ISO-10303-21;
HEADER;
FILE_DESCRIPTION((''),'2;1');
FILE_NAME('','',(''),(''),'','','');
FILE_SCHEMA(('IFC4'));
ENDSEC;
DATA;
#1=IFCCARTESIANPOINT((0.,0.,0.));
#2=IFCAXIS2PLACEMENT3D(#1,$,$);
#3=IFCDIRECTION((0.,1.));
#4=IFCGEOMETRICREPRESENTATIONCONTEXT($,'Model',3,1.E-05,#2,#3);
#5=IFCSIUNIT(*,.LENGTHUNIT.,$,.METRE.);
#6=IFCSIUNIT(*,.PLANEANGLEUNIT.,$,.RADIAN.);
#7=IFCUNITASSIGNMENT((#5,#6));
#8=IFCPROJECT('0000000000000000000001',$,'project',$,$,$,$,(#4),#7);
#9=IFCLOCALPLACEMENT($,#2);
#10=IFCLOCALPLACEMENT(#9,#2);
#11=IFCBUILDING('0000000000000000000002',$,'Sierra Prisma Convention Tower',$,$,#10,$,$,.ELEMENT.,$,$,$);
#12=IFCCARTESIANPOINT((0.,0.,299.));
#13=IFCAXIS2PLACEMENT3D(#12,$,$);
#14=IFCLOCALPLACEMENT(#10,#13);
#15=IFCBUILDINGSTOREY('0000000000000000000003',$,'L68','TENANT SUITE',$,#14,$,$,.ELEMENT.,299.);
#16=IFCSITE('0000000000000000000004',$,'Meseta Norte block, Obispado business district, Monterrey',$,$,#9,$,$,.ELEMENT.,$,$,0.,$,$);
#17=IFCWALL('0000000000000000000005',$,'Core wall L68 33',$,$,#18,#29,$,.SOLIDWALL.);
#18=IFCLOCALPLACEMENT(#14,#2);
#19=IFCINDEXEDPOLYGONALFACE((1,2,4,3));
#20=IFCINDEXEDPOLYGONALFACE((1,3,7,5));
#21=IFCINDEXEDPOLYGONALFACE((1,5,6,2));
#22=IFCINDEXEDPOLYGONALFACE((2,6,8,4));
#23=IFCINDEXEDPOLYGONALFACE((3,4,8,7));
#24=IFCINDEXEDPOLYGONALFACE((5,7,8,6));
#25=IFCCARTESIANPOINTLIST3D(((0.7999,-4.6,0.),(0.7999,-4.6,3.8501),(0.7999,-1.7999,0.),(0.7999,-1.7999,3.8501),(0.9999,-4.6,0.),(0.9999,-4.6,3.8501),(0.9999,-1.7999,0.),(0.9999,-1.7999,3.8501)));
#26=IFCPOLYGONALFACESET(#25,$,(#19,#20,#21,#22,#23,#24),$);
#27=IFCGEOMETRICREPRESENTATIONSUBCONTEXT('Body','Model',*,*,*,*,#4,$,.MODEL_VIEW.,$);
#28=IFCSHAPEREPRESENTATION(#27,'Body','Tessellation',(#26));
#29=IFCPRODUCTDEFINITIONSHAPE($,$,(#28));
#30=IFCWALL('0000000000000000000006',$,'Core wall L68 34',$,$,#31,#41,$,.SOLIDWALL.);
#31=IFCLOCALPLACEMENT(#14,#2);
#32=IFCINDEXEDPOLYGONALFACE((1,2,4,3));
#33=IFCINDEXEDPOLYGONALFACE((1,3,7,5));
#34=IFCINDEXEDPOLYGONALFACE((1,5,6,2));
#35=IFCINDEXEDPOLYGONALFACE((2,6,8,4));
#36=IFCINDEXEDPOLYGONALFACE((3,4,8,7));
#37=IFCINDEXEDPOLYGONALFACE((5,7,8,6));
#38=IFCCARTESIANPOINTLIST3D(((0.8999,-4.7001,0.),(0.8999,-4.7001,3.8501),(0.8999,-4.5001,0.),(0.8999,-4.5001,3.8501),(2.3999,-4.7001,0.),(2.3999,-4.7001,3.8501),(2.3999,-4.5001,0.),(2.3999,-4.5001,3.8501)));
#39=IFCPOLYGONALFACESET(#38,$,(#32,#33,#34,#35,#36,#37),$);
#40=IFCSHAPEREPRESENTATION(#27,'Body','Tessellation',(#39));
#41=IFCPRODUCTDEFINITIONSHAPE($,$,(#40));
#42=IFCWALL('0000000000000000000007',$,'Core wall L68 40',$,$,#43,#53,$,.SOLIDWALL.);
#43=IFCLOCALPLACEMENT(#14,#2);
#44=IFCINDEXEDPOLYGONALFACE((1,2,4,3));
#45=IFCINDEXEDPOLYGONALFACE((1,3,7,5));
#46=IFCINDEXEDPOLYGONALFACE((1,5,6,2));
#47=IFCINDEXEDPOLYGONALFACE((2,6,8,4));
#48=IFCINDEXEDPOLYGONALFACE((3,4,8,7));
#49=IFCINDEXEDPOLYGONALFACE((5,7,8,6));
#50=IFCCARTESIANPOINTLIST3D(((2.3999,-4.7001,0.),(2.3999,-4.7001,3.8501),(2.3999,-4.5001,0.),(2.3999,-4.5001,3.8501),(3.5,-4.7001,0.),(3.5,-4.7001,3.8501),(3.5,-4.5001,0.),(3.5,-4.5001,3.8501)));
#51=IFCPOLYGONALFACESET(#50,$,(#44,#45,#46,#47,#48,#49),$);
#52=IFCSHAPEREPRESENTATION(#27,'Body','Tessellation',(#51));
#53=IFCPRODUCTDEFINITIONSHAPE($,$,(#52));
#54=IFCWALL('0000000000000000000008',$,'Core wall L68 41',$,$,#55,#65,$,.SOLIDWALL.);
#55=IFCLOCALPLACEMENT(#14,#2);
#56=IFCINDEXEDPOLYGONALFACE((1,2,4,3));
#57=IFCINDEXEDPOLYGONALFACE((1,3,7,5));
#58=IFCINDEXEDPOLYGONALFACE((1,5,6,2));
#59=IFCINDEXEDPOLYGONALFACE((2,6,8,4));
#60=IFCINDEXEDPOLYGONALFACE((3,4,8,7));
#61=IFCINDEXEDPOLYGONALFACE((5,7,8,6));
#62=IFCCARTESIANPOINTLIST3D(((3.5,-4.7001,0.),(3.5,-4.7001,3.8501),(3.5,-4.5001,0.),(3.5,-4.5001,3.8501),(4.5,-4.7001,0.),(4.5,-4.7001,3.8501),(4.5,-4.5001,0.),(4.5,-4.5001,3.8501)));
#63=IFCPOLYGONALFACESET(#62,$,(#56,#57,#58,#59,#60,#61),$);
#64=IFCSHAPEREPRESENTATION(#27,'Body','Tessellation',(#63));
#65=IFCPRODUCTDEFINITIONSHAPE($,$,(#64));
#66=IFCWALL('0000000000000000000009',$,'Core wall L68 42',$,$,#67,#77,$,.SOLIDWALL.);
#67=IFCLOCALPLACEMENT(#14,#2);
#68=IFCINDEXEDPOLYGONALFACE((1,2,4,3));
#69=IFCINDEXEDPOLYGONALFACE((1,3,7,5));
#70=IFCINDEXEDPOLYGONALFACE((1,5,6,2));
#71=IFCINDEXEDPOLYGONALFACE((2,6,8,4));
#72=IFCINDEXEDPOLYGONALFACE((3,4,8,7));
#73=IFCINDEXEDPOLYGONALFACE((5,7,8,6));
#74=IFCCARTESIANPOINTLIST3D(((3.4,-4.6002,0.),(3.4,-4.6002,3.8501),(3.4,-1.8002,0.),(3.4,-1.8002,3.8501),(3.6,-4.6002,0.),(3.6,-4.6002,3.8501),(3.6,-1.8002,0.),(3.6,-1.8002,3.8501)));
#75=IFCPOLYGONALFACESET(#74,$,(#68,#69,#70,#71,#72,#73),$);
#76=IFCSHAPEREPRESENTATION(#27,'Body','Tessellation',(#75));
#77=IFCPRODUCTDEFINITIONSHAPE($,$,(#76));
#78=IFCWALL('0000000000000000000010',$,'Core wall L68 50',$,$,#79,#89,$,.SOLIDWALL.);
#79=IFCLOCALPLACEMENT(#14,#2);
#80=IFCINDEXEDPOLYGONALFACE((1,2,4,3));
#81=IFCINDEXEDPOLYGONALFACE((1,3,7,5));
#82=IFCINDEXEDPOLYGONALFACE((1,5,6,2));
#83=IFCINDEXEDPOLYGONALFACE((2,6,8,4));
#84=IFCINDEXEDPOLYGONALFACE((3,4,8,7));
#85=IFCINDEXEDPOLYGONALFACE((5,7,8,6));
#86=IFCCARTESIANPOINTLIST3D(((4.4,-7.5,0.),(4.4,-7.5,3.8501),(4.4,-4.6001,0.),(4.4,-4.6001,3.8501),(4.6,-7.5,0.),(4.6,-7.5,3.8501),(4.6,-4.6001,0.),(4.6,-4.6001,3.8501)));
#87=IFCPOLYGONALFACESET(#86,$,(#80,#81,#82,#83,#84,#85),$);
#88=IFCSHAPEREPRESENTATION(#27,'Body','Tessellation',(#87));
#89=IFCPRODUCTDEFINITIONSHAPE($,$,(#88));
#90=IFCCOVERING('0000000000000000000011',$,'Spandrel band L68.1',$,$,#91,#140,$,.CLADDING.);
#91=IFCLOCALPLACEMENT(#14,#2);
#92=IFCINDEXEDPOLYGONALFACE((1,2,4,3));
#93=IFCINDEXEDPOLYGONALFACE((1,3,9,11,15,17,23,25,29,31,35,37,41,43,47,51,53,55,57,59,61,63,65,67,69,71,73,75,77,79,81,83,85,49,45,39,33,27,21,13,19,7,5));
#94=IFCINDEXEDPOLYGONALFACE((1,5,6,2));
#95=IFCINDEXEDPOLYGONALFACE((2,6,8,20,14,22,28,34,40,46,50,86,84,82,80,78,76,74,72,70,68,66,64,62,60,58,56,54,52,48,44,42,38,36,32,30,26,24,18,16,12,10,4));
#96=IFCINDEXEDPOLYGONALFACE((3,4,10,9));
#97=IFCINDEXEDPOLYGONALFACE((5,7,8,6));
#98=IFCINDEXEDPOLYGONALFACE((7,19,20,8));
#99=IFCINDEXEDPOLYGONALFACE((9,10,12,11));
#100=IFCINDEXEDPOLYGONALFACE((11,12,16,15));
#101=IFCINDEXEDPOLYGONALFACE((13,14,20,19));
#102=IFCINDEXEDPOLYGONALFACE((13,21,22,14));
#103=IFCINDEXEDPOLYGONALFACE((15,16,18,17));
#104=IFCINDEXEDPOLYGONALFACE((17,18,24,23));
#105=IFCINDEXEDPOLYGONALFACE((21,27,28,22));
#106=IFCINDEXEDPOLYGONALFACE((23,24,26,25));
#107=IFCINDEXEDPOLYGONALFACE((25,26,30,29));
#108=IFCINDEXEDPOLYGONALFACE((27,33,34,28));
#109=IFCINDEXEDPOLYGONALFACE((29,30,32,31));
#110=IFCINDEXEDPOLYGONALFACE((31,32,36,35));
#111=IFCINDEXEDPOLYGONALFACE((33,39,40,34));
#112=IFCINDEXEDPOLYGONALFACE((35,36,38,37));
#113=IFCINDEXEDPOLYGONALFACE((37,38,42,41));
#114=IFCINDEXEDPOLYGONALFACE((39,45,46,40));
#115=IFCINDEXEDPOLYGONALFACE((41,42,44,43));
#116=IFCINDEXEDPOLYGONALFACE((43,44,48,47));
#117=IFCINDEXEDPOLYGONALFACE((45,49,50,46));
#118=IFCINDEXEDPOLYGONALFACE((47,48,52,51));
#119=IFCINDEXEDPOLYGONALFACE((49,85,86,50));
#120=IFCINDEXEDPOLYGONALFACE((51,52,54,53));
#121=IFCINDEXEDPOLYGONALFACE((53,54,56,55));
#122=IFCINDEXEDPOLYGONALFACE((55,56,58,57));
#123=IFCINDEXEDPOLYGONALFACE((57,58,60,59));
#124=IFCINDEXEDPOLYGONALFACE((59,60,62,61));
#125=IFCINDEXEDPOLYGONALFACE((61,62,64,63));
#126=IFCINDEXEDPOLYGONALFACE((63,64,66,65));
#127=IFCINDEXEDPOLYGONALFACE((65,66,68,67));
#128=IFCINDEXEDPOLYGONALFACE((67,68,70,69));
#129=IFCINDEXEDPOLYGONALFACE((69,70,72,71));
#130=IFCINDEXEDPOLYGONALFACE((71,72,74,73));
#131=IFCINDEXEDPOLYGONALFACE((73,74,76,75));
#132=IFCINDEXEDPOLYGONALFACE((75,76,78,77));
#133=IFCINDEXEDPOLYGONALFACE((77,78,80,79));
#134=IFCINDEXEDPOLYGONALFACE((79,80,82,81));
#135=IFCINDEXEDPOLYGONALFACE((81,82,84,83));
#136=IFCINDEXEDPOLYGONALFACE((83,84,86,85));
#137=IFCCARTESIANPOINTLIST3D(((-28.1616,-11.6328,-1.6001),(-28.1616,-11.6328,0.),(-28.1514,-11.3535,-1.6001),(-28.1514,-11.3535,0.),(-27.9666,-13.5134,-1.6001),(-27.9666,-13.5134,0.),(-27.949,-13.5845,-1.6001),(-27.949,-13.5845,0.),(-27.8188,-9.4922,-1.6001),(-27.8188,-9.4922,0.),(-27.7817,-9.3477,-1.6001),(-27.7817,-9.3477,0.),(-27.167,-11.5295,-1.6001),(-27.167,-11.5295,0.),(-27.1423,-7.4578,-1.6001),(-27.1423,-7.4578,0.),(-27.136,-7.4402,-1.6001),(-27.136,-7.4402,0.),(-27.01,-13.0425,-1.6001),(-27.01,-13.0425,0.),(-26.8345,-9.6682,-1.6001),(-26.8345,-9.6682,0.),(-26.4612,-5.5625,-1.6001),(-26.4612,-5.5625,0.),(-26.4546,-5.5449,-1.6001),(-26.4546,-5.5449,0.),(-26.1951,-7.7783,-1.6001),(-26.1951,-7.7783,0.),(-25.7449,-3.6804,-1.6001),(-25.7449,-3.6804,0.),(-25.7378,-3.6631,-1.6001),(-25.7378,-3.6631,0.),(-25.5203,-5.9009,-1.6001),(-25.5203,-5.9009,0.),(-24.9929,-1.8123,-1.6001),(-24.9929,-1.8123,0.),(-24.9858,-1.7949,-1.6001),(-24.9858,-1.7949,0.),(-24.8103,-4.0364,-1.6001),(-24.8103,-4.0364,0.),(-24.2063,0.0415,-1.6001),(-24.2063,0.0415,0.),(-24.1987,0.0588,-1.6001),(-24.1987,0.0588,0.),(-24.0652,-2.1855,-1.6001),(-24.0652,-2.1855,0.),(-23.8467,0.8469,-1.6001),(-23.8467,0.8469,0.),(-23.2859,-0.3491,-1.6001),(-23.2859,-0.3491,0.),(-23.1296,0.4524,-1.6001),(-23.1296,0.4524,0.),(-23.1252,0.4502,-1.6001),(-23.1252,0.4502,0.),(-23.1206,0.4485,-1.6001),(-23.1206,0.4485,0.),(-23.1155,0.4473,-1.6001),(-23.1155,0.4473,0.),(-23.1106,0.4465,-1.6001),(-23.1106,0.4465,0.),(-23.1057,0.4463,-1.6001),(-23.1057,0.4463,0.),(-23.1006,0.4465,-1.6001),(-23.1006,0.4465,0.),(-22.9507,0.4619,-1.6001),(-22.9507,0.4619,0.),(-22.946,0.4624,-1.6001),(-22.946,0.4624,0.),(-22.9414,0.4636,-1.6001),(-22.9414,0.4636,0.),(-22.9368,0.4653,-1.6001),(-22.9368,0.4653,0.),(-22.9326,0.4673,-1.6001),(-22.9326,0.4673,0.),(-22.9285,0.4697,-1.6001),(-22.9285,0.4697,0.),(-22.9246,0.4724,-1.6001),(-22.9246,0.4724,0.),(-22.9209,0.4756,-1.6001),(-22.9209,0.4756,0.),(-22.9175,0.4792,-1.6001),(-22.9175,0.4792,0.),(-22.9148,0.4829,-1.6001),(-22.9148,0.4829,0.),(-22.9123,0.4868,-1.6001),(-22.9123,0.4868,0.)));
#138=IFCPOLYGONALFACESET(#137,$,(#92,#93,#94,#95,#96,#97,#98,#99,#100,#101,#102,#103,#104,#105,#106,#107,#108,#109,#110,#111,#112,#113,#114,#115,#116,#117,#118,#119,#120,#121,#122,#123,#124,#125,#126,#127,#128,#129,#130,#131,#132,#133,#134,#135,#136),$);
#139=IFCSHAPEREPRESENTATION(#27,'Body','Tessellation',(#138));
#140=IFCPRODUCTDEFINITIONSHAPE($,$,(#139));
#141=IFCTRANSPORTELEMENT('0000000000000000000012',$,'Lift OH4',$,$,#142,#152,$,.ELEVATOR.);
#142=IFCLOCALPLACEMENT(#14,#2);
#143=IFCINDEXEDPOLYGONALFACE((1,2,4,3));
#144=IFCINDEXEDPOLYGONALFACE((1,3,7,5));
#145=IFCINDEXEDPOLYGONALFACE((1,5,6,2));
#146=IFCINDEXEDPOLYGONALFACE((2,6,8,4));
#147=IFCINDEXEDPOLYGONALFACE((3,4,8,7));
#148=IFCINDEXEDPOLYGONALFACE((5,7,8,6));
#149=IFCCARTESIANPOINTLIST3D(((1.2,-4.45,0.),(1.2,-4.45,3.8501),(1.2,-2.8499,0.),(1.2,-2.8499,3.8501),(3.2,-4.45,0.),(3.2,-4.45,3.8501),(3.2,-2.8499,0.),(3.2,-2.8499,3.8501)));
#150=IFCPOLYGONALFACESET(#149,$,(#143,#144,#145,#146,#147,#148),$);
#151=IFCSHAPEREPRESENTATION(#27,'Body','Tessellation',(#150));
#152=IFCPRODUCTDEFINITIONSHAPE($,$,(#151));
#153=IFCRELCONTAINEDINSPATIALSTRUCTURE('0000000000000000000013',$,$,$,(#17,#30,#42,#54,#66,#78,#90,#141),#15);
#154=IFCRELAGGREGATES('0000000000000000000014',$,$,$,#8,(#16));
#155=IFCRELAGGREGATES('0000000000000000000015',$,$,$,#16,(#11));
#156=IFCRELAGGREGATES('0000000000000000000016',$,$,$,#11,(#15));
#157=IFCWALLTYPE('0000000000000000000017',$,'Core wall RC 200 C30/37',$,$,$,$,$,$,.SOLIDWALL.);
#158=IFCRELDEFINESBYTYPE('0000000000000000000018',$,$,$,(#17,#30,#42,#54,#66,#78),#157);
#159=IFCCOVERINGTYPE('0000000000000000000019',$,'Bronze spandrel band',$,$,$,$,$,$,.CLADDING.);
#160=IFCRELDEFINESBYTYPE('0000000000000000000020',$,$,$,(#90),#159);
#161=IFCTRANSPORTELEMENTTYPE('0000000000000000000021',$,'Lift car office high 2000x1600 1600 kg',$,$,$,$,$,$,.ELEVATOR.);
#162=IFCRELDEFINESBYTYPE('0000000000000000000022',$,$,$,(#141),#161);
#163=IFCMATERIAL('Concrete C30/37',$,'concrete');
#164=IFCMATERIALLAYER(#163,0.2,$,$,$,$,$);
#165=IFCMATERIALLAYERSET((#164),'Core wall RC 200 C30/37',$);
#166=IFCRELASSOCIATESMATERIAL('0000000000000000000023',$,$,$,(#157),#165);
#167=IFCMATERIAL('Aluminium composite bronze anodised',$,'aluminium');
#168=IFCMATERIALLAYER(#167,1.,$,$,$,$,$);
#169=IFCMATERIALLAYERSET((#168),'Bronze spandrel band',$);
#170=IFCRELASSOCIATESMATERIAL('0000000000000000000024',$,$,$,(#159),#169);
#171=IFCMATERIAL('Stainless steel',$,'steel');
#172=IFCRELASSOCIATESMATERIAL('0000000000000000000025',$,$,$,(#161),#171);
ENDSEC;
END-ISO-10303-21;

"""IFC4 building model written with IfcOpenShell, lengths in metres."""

from ifc_helpers import new_model, si_unit, direction, frame, frame_2d, origin, origin_2d, place, context, subcontext, project, spatial, polyline, rectangle, outline, extrude, material, layer, layer_set, type_object, element, save


model = new_model("IFC4")

# Units and contexts
model_context = context("Model", 3, precision=1e-05, world=origin(), true_north=direction((0.0, 1.0)))
body_context = subcontext(model_context, "Body", "Model", "MODEL_VIEW")
ifc_project = project(units=[si_unit("LENGTHUNIT", "METRE"), si_unit("PLANEANGLEUNIT", "RADIAN")], contexts=[model_context])

# Site, building, storey
site_placement = place(None, origin())
site = spatial("IfcSite", under=ifc_project, at=site_placement, Name="Meseta Norte block, Obispado business district, Monterrey", CompositionType="ELEMENT", RefElevation=0.0)
building_placement = place(site_placement, origin())
building = spatial("IfcBuilding", under=site, at=building_placement, Name="Sierra Prisma Convention Tower", CompositionType="ELEMENT")
storey_placement = place(building_placement, frame((0.0, 0.0, 299.0)))
storey = spatial("IfcBuildingStorey", under=building, at=storey_placement, Name="L68", Description="TENANT SUITE", CompositionType="ELEMENT", Elevation=299.0)

# Shared definitions
ifc_material_1 = material(Name="Concrete C30/37", Category="concrete")
ifc_layer_1 = layer(ifc_material_1, 0.2)
ifc_layer_set_1 = layer_set([ifc_layer_1], Name="Core wall RC 200 C30/37")
wall_type = type_object("IfcWallType", Name="Core wall RC 200 C30/37", PredefinedType="SOLIDWALL", material=ifc_layer_set_1)

# Walls
wall_1_placement = place(storey_placement, frame((0.8999, -1.8, 0.0), z_axis=(0.0, 0.0, 1.0), x_axis=(0.0, -1.0, 0.0)))
element("IfcWall", 1, at=wall_1_placement, inside=storey, type_object=wall_type, Name="Core wall L68 33", PredefinedType="SOLIDWALL", context=body_context, shape_type="SweptSolid", body=[
    extrude(rectangle(XDim=2.8, YDim=0.2, at=frame_2d((1.3999, 0.0))), origin(), (0.0, 0.0, 1.0), 3.8501),
])
wall_2_placement = place(storey_placement, frame((0.8999, -4.6001, 0.0), z_axis=(0.0, 0.0, 1.0), x_axis=(1.0, 0.0, 0.0)))
element("IfcWall", 2, at=wall_2_placement, inside=storey, type_object=wall_type, Name="Core wall L68 34", PredefinedType="SOLIDWALL", context=body_context, shape_type="SweptSolid", body=[
    extrude(rectangle(XDim=1.5, YDim=0.2, at=frame_2d((0.75, 0.0))), origin(), (0.0, 0.0, 1.0), 3.8501),
])

# Walls
wall_3_placement = place(storey_placement, frame((3.5, -4.6001, 0.0), z_axis=(0.0, 0.0, 1.0), x_axis=(-1.0, 0.0, 0.0)))
element("IfcWall", 3, at=wall_3_placement, inside=storey, type_object=wall_type, Name="Core wall L68 40", PredefinedType="SOLIDWALL", context=body_context, shape_type="SweptSolid", body=[
    extrude(rectangle(XDim=1.1001, YDim=0.2, at=frame_2d((0.55, 0.0))), origin(), (0.0, 0.0, 1.0), 3.8501),
])
wall_4_placement = place(storey_placement, frame((4.5, -4.6001, 0.0), z_axis=(0.0, 0.0, 1.0), x_axis=(-1.0, 0.0, 0.0)))
element("IfcWall", 4, at=wall_4_placement, inside=storey, type_object=wall_type, Name="Core wall L68 41", PredefinedType="SOLIDWALL", context=body_context, shape_type="SweptSolid", body=[
    extrude(rectangle(XDim=1.0, YDim=0.2, at=frame_2d((0.5, 0.0))), origin(), (0.0, 0.0, 1.0), 3.8501),
])
wall_5_placement = place(storey_placement, frame((3.5, -4.6001, 0.0), z_axis=(0.0, 0.0, 1.0), x_axis=(0.0, 1.0, 0.0)))
element("IfcWall", 5, at=wall_5_placement, inside=storey, type_object=wall_type, Name="Core wall L68 42", PredefinedType="SOLIDWALL", context=body_context, shape_type="SweptSolid", body=[
    extrude(rectangle(XDim=2.8, YDim=0.2, at=frame_2d((1.3999, 0.0))), origin(), (0.0, 0.0, 1.0), 3.8501),
])

# Wall
wall_6_placement = place(storey_placement, frame((4.5, -4.6001, 0.0), z_axis=(0.0, 0.0, 1.0), x_axis=(0.0, -1.0, 0.0)))
element("IfcWall", 6, at=wall_6_placement, inside=storey, type_object=wall_type, Name="Core wall L68 50", PredefinedType="SOLIDWALL", context=body_context, shape_type="SweptSolid", body=[
    extrude(rectangle(XDim=2.8999, YDim=0.2, at=frame_2d((1.45, 0.0))), origin(), (0.0, 0.0, 1.0), 3.8501),
])

# Covering
ifc_material_2 = material(Name="Aluminium composite bronze anodised", Category="aluminium")
ifc_layer_2 = layer(ifc_material_2, 1.0)
ifc_layer_set_2 = layer_set([ifc_layer_2], Name="Bronze spandrel band")
covering_type = type_object("IfcCoveringType", Name="Bronze spandrel band", PredefinedType="CLADDING", material=ifc_layer_set_2)
covering_placement = place(storey_placement, frame((0.0, 0.0, -1.6001)))
element("IfcCovering", 7, at=covering_placement, inside=storey, type_object=covering_type, Name="Spandrel band L68.1", PredefinedType="CLADDING", context=body_context, shape_type="SweptSolid", body=[
    extrude(outline(polyline([(-24.1987, 0.0588), (-23.8467, 0.8469), (-23.1296, 0.4524), (-23.1252, 0.4502), (-23.1206, 0.4485), (-23.1155, 0.4473), (-23.1106, 0.4465), (-23.1057, 0.4463), (-23.1006, 0.4465), (-22.9507, 0.4619), (-22.946, 0.4624), (-22.9414, 0.4636), (-22.9368, 0.4653), (-22.9326, 0.4673), (-22.9285, 0.4697), (-22.9246, 0.4724), (-22.9209, 0.4756), (-22.9175, 0.4792), (-22.9148, 0.4829), (-22.9121, 0.4871), (-22.9116, 0.4883), (-23.2859, -0.3491), (-24.0652, -2.1855), (-24.8103, -4.0364), (-25.5203, -5.9009), (-26.1951, -7.7783), (-26.8345, -9.6682), (-27.167, -11.5295), (-27.01, -13.0425), (-27.949, -13.5845), (-27.9666, -13.5134), (-28.1616, -11.6328), (-28.1514, -11.3535), (-27.8188, -9.4922), (-27.7817, -9.3477), (-27.1423, -7.4578), (-27.136, -7.4402), (-26.4612, -5.5625), (-26.4546, -5.5449), (-25.7449, -3.6804), (-25.7378, -3.6631), (-24.9929, -1.8123), (-24.9858, -1.7949), (-24.2063, 0.0415), (-24.1987, 0.0588)])), origin(), (0.0, 0.0, 1.0), 1.6001),
])

# Transport element
ifc_material_3 = material(Name="Stainless steel", Category="steel")
transport_element_type = type_object("IfcTransportElementType", Name="Lift car office high 2000x1600 1600 kg", PredefinedType="ELEVATOR", material=ifc_material_3)
transport_element_placement = place(storey_placement, frame((2.2, -3.6499, 0.0), z_axis=(0.0, 0.0, 1.0), x_axis=(1.0, 0.0, 0.0)))
element("IfcTransportElement", 8, at=transport_element_placement, inside=storey, type_object=transport_element_type, Name="Lift OH4", PredefinedType="ELEVATOR", context=body_context, shape_type="SweptSolid", body=[
    extrude(rectangle(XDim=2.0, YDim=1.6001, at=origin_2d()), origin(), (0.0, 0.0, 1.0), 3.8501),
])

save(model, "model.ifc")
